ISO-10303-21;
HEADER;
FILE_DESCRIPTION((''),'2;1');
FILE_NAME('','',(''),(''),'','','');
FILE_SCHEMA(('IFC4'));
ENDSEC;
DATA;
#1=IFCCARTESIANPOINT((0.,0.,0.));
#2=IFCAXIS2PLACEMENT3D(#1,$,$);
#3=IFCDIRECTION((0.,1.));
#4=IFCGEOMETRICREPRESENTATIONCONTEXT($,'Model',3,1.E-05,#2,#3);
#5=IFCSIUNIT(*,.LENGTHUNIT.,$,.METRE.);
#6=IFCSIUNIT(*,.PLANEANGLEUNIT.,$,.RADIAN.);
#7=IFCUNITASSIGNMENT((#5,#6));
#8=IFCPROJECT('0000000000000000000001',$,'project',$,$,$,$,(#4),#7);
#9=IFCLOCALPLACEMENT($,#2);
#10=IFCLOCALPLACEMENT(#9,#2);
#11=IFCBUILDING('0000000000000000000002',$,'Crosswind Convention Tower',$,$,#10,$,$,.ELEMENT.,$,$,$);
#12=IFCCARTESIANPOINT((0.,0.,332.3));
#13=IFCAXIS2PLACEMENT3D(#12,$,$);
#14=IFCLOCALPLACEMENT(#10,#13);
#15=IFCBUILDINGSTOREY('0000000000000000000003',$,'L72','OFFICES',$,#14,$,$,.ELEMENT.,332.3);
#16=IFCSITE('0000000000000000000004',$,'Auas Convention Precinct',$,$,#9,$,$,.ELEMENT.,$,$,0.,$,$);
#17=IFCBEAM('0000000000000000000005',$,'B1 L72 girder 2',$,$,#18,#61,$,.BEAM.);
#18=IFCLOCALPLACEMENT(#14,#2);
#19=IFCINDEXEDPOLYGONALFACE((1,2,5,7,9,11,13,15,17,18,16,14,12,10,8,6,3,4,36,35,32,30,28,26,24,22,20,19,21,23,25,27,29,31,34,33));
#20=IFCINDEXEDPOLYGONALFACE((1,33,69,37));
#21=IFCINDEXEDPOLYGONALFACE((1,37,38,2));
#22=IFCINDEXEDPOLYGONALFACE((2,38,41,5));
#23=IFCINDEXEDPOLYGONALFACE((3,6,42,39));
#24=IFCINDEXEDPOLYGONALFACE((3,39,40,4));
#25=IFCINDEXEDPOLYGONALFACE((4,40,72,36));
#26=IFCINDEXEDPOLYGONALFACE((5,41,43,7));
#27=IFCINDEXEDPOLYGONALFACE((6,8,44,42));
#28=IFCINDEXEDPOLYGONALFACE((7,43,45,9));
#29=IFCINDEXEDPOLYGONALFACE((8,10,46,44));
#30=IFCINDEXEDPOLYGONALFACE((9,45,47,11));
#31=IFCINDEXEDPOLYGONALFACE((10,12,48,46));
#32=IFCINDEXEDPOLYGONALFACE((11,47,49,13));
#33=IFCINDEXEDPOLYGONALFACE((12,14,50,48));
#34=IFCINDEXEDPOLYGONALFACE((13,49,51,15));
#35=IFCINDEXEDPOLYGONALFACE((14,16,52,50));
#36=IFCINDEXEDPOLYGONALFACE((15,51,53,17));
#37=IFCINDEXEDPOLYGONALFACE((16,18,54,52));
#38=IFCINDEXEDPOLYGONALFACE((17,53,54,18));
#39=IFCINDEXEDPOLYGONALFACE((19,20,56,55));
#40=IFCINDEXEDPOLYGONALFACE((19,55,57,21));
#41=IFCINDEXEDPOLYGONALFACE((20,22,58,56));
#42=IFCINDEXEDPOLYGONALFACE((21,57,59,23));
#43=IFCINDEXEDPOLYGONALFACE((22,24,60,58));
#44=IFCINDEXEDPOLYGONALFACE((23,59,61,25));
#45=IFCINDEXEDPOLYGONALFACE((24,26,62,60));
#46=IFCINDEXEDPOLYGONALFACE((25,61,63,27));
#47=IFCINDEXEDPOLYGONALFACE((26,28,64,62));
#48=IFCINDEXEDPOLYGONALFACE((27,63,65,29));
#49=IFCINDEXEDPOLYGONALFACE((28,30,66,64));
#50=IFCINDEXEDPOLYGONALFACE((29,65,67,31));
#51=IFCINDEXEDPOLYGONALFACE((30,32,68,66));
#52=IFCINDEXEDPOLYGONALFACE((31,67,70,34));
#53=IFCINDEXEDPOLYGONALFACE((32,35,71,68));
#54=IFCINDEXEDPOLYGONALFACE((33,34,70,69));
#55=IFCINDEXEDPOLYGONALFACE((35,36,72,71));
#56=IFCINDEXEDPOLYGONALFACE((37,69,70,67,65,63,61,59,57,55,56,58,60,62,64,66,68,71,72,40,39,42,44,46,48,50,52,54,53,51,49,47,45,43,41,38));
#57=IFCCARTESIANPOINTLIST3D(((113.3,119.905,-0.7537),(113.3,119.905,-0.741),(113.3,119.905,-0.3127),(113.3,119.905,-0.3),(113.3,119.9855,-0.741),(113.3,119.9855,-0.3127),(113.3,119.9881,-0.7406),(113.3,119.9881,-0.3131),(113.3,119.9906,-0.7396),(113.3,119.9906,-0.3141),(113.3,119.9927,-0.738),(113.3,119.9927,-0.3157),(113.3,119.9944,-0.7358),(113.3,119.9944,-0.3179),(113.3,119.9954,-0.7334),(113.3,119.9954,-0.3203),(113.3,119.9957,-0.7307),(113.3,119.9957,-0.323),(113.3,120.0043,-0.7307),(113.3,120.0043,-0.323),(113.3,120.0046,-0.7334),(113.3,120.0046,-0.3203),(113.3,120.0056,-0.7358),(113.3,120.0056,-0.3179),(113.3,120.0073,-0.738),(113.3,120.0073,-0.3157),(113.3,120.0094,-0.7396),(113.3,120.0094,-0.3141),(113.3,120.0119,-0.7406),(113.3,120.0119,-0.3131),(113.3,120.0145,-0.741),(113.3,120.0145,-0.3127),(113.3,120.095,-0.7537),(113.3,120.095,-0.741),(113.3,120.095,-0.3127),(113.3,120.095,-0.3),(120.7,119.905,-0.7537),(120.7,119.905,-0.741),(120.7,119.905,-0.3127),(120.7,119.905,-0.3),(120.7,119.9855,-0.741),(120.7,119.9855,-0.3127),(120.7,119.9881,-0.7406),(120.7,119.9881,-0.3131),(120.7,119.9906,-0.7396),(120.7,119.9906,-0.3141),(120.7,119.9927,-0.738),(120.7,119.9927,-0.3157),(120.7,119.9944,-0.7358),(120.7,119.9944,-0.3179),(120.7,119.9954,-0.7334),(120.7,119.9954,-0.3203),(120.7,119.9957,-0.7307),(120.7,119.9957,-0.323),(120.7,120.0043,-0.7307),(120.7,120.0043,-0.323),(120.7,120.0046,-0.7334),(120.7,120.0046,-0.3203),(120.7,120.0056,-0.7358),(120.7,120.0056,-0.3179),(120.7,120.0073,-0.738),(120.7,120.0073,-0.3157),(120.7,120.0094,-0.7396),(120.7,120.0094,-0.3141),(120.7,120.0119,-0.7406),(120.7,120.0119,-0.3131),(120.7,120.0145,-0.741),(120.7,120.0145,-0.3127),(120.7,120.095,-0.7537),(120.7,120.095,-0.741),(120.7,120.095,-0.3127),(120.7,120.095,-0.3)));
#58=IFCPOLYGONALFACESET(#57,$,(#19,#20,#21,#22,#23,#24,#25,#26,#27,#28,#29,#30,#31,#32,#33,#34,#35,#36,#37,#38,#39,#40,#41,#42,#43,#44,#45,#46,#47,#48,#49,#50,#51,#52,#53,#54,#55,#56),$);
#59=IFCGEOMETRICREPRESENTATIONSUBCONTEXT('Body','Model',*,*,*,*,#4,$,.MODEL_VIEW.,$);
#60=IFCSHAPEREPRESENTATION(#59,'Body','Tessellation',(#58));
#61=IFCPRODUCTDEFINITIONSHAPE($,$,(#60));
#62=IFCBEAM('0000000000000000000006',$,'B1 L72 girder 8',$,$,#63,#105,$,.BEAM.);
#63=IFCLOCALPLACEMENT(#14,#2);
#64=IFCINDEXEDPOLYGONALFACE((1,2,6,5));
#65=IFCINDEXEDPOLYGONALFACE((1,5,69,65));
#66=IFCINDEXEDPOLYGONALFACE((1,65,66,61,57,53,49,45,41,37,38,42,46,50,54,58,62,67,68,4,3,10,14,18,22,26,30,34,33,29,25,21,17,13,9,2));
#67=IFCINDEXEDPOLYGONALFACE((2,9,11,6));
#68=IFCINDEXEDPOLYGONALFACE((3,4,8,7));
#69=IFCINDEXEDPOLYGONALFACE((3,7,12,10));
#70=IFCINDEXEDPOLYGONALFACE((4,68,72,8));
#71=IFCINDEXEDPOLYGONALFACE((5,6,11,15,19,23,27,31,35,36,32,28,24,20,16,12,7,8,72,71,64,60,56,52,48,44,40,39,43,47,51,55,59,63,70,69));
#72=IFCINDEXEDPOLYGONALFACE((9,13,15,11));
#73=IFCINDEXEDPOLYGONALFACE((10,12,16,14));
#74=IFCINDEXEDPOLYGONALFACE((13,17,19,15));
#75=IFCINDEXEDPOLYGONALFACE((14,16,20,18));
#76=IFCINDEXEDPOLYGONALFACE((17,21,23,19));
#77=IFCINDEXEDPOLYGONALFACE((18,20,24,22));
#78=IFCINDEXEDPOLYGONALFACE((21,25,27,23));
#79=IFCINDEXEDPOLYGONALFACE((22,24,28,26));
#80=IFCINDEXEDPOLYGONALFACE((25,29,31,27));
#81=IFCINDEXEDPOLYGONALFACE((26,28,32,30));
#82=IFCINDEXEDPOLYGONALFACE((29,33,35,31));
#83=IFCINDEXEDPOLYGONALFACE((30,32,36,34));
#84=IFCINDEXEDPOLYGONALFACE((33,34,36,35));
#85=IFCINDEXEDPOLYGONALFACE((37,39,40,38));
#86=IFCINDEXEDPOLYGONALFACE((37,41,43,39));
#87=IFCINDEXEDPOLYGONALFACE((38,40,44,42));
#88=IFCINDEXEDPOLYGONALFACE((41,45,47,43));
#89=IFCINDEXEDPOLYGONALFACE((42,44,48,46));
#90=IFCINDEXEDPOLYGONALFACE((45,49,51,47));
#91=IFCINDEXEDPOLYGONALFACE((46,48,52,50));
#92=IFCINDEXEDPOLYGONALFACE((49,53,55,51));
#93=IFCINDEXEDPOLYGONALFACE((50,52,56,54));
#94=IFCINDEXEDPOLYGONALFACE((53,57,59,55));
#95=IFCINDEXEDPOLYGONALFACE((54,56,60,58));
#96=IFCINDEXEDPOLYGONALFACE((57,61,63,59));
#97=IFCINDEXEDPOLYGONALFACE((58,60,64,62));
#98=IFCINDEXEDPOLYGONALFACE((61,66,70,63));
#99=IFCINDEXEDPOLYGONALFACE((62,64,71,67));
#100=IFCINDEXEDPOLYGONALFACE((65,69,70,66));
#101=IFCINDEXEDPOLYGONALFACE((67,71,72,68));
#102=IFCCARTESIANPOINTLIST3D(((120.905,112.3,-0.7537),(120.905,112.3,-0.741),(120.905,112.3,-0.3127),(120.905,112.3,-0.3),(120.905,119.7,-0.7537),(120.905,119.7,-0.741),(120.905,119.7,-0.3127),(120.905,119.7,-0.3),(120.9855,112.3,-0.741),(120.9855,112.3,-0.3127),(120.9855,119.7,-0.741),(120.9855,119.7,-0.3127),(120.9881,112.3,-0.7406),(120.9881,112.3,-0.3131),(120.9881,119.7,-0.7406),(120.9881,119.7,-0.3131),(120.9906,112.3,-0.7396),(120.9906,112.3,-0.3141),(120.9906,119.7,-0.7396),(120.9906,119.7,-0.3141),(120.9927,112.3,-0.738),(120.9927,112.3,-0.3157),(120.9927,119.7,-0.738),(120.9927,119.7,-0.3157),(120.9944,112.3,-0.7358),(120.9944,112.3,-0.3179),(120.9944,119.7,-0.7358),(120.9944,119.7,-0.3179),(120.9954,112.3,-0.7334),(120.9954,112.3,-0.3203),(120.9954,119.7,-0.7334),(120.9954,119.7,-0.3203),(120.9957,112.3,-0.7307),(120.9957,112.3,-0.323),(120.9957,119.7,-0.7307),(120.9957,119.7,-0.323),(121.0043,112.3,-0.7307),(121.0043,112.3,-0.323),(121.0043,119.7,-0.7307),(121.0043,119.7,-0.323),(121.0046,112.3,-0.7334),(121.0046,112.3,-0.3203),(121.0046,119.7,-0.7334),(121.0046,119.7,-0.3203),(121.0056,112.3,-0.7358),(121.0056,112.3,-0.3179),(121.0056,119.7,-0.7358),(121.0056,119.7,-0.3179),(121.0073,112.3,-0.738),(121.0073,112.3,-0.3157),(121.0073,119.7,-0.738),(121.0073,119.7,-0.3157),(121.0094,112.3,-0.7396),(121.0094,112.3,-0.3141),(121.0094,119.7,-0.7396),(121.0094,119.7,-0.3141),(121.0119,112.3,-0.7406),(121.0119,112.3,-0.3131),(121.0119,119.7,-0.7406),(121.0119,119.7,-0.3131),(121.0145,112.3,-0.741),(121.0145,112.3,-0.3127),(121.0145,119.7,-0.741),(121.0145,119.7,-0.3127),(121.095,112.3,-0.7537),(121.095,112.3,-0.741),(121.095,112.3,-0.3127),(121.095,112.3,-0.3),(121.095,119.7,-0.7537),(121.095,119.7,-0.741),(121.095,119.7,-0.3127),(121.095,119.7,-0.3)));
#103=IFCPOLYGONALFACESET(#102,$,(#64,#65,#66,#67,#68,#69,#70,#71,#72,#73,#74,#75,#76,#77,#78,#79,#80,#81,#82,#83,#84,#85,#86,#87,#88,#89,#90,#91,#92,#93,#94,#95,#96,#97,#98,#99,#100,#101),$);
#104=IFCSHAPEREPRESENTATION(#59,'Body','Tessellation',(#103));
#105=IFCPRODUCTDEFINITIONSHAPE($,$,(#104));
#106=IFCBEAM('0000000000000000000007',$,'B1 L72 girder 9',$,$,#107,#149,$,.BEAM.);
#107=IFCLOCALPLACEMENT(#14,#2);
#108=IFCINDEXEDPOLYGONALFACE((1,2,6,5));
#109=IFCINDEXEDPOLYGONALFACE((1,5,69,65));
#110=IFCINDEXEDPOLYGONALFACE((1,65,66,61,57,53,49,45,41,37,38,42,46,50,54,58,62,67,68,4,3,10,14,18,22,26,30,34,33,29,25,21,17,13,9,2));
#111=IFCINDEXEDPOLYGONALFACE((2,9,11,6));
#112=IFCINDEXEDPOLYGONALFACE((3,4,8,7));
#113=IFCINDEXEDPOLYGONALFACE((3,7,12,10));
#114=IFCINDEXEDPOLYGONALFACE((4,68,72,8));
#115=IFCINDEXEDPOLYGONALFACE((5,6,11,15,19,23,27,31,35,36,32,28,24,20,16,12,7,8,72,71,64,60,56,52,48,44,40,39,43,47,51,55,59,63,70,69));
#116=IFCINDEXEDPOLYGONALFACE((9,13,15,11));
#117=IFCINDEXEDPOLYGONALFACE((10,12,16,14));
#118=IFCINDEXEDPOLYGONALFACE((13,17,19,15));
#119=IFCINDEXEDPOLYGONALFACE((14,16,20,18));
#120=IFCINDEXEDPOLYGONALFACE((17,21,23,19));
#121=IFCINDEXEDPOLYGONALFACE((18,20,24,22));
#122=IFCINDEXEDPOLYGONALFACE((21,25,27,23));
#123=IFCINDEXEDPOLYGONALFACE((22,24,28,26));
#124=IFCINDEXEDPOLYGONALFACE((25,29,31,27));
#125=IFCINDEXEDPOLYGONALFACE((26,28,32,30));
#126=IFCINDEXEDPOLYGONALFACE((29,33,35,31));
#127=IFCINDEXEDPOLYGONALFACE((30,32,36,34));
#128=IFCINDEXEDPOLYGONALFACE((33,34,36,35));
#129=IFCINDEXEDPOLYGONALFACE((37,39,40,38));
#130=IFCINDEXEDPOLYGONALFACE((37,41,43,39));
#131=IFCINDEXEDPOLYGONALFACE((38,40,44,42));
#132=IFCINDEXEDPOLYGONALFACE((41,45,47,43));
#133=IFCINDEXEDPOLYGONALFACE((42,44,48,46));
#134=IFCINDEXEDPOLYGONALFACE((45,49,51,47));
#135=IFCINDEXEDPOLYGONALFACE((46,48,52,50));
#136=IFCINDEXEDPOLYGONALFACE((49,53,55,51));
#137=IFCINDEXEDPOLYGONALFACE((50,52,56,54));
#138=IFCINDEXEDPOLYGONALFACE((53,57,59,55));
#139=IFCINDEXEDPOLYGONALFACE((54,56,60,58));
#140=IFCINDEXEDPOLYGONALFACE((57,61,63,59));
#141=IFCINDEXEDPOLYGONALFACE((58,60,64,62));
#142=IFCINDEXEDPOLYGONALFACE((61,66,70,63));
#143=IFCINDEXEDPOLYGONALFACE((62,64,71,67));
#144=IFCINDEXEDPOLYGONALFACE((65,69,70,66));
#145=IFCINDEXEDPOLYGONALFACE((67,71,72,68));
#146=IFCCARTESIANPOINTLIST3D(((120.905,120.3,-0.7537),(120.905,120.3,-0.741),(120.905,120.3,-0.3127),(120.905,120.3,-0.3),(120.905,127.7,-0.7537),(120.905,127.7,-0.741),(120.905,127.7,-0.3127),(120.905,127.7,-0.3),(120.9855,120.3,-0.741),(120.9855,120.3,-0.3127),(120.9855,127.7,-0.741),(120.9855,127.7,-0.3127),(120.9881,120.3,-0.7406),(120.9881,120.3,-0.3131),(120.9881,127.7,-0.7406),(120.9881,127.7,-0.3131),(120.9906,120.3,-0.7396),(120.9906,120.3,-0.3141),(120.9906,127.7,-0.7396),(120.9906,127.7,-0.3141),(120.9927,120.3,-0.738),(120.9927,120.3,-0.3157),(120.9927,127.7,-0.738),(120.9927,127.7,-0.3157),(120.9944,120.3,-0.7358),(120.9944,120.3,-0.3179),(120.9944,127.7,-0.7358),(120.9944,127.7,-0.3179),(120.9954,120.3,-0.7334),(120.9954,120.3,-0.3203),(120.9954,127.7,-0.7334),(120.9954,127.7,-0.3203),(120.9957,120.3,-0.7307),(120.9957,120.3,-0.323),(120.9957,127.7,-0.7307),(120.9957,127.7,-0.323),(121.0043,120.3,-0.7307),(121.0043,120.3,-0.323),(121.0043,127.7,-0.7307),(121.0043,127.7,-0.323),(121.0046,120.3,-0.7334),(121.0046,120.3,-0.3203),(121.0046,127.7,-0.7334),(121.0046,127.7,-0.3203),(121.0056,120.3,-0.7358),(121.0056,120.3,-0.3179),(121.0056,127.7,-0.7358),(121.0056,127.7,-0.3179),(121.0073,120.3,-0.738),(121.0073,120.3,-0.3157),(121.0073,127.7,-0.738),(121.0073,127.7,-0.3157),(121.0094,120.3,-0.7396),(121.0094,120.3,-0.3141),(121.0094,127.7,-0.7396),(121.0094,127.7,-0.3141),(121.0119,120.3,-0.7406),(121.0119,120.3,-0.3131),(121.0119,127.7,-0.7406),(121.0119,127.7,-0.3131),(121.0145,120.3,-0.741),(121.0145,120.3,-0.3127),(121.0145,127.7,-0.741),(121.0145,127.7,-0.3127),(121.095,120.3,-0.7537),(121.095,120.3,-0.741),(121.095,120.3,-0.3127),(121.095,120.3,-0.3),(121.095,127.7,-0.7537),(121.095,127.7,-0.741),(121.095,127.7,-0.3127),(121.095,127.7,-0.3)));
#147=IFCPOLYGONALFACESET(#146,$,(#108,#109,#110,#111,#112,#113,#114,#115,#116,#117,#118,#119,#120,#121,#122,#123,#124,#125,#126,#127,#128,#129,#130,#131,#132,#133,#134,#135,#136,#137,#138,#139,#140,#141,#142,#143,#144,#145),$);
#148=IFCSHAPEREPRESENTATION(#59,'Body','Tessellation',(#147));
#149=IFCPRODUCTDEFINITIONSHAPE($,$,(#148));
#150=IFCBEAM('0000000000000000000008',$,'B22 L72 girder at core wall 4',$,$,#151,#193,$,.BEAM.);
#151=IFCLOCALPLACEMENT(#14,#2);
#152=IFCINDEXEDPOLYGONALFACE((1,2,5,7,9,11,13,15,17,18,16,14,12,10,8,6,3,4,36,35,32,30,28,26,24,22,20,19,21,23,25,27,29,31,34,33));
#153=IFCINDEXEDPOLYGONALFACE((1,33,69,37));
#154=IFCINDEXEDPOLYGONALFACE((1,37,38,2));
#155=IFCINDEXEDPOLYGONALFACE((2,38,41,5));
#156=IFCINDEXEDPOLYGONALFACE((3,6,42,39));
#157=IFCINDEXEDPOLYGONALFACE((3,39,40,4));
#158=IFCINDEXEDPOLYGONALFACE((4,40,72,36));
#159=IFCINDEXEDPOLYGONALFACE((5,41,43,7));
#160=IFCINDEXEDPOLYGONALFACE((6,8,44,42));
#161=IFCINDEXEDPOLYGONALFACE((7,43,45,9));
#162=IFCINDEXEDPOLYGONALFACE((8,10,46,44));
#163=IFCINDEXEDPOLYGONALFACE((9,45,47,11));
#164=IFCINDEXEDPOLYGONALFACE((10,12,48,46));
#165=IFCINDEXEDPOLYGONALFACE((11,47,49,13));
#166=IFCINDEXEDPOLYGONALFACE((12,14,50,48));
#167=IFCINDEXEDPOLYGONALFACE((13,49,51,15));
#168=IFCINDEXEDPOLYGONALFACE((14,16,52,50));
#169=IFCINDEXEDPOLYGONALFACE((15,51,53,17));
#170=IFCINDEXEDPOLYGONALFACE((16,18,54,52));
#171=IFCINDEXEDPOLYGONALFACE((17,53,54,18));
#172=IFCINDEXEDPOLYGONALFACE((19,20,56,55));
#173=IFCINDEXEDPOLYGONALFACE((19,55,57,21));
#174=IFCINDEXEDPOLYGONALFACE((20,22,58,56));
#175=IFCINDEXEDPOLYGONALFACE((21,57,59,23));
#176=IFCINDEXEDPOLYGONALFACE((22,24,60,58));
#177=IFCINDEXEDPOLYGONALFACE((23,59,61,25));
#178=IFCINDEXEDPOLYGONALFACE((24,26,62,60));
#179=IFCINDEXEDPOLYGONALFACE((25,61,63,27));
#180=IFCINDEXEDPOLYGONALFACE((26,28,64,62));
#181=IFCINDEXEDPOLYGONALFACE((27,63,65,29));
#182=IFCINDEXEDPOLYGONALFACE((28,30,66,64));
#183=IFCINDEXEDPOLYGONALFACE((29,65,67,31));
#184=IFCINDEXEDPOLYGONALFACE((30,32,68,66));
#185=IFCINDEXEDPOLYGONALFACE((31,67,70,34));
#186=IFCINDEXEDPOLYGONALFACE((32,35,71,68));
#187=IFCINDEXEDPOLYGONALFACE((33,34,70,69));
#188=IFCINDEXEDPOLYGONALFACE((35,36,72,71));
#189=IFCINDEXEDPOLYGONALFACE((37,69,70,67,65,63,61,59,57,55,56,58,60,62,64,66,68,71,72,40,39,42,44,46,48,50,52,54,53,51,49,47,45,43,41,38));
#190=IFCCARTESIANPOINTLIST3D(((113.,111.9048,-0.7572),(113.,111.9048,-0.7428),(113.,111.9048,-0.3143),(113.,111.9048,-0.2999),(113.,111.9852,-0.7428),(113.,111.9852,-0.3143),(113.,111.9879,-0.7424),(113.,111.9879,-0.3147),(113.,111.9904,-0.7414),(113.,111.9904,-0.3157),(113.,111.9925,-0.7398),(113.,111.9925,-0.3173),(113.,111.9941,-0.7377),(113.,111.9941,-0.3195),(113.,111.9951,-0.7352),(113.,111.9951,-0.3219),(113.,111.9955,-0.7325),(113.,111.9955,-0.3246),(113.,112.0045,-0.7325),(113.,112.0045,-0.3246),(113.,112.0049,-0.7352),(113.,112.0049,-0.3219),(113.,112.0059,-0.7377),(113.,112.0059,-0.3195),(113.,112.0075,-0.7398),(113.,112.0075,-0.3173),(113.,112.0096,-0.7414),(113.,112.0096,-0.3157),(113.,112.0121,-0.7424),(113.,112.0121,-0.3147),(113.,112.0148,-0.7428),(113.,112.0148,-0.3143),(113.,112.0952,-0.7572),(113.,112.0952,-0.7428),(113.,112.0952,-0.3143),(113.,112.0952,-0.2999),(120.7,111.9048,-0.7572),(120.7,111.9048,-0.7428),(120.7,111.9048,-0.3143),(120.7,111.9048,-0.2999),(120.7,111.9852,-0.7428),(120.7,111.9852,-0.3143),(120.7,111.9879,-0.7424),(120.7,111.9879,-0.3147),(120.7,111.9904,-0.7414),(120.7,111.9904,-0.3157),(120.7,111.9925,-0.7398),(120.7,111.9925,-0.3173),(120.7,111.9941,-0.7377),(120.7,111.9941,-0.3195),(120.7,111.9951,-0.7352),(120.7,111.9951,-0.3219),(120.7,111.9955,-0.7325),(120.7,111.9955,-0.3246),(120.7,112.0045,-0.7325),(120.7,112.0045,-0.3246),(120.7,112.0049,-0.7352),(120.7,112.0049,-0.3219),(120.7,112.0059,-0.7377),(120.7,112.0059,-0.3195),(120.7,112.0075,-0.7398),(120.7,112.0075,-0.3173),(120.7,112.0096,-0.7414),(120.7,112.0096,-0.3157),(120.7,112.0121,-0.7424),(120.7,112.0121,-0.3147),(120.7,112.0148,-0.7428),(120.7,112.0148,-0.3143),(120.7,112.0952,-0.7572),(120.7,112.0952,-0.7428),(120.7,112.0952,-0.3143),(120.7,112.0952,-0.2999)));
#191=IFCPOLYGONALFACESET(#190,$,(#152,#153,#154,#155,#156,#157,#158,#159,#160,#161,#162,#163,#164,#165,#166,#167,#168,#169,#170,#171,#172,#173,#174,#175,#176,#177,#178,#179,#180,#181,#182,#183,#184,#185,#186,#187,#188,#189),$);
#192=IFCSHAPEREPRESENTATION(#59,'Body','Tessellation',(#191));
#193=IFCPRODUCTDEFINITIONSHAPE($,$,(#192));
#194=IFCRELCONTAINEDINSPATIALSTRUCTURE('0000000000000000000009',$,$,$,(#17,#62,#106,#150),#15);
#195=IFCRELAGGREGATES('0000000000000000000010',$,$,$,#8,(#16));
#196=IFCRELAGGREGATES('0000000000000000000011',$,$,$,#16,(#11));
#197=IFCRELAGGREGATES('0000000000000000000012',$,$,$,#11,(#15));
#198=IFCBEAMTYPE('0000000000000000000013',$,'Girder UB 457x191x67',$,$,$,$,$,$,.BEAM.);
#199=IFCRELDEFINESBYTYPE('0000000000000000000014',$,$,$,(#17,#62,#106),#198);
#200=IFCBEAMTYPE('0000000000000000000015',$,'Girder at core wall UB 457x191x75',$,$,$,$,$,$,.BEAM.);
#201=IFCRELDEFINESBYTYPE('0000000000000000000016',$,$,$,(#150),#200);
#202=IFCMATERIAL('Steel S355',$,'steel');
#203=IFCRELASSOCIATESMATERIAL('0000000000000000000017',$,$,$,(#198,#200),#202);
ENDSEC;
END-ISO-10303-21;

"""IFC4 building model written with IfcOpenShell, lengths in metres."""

from ifc_helpers import new_model, si_unit, direction, frame, origin, origin_2d, place, context, subcontext, project, spatial, i_section, extrude, material, material_profile, profile_set, type_object, element, save


model = new_model("IFC4")

# Units and contexts
model_context = context("Model", 3, precision=1e-05, world=origin(), true_north=direction((0.0, 1.0)))
body_context = subcontext(model_context, "Body", "Model", "MODEL_VIEW")
ifc_project = project(units=[si_unit("LENGTHUNIT", "METRE"), si_unit("PLANEANGLEUNIT", "RADIAN")], contexts=[model_context])

# Site, building, storey
site_placement = place(None, origin())
site = spatial("IfcSite", under=ifc_project, at=site_placement, Name="Auas Convention Precinct", CompositionType="ELEMENT", RefElevation=0.0)
building_placement = place(site_placement, origin())
building = spatial("IfcBuilding", under=site, at=building_placement, Name="Crosswind Convention Tower", CompositionType="ELEMENT")
storey_placement = place(building_placement, frame((0.0, 0.0, 332.3)))
storey = spatial("IfcBuildingStorey", under=building, at=storey_placement, Name="L72", Description="OFFICES", CompositionType="ELEMENT", Elevation=332.3)

# Beams
ifc_material_1 = material(Name="Steel S355", Category="steel")
ifc_material_profile_1 = material_profile(ifc_material_1, i_section(OverallWidth=0.1899, OverallDepth=0.4536, WebThickness=0.0085, FlangeThickness=0.0127, FilletRadius=0.0103, at=origin_2d()), Name="UB 457x191x67")
ifc_profile_set_1 = profile_set([ifc_material_profile_1], Name="Steel S355")
beam_type_1 = type_object("IfcBeamType", Name="Girder UB 457x191x67", PredefinedType="BEAM", material=ifc_profile_set_1)
for number, where, z_axis, x_axis, name in (
    (1, (113.3, 120.0, -0.5269), (1.0, 0.0, 0.0), (0.0, 1.0, 0.0), "B1 L72 girder 2"),
    (2, (121.0, 112.3, -0.5269), (0.0, 1.0, 0.0), (-1.0, 0.0, 0.0), "B1 L72 girder 8"),
    (3, (121.0, 120.3, -0.5269), (0.0, 1.0, 0.0), (-1.0, 0.0, 0.0), "B1 L72 girder 9"),
):
    element("IfcBeam", number, at=place(storey_placement, frame(where, z_axis=z_axis, x_axis=x_axis)), inside=storey, type_object=beam_type_1, Name=name, PredefinedType="BEAM", context=body_context, shape_type="SweptSolid", body=[
        extrude(i_section(OverallWidth=0.1899, OverallDepth=0.4536, WebThickness=0.0085, FlangeThickness=0.0127, FilletRadius=0.0103, at=origin_2d()), origin(), (0.0, 0.0, 1.0), 7.3999),
    ])
ifc_material_profile_2 = material_profile(ifc_material_1, i_section(OverallWidth=0.1904, OverallDepth=0.4573, WebThickness=0.009, FlangeThickness=0.0144, FilletRadius=0.0103, at=origin_2d()), Name="UB 457x191x75")
ifc_profile_set_2 = profile_set([ifc_material_profile_2], Name="Steel S355")
beam_type_2 = type_object("IfcBeamType", Name="Girder at core wall UB 457x191x75", PredefinedType="BEAM", material=ifc_profile_set_2)
beam_1_placement = place(storey_placement, frame((113.0, 112.0, -0.5286), z_axis=(1.0, 0.0, 0.0), x_axis=(0.0, 1.0, 0.0)))
element("IfcBeam", 4, at=beam_1_placement, inside=storey, type_object=beam_type_2, Name="B22 L72 girder at core wall 4", PredefinedType="BEAM", context=body_context, shape_type="SweptSolid", body=[
    extrude(i_section(OverallWidth=0.1904, OverallDepth=0.4573, WebThickness=0.009, FlangeThickness=0.0144, FilletRadius=0.0103, at=origin_2d()), origin(), (0.0, 0.0, 1.0), 7.7),
])

save(model, "model.ifc")
